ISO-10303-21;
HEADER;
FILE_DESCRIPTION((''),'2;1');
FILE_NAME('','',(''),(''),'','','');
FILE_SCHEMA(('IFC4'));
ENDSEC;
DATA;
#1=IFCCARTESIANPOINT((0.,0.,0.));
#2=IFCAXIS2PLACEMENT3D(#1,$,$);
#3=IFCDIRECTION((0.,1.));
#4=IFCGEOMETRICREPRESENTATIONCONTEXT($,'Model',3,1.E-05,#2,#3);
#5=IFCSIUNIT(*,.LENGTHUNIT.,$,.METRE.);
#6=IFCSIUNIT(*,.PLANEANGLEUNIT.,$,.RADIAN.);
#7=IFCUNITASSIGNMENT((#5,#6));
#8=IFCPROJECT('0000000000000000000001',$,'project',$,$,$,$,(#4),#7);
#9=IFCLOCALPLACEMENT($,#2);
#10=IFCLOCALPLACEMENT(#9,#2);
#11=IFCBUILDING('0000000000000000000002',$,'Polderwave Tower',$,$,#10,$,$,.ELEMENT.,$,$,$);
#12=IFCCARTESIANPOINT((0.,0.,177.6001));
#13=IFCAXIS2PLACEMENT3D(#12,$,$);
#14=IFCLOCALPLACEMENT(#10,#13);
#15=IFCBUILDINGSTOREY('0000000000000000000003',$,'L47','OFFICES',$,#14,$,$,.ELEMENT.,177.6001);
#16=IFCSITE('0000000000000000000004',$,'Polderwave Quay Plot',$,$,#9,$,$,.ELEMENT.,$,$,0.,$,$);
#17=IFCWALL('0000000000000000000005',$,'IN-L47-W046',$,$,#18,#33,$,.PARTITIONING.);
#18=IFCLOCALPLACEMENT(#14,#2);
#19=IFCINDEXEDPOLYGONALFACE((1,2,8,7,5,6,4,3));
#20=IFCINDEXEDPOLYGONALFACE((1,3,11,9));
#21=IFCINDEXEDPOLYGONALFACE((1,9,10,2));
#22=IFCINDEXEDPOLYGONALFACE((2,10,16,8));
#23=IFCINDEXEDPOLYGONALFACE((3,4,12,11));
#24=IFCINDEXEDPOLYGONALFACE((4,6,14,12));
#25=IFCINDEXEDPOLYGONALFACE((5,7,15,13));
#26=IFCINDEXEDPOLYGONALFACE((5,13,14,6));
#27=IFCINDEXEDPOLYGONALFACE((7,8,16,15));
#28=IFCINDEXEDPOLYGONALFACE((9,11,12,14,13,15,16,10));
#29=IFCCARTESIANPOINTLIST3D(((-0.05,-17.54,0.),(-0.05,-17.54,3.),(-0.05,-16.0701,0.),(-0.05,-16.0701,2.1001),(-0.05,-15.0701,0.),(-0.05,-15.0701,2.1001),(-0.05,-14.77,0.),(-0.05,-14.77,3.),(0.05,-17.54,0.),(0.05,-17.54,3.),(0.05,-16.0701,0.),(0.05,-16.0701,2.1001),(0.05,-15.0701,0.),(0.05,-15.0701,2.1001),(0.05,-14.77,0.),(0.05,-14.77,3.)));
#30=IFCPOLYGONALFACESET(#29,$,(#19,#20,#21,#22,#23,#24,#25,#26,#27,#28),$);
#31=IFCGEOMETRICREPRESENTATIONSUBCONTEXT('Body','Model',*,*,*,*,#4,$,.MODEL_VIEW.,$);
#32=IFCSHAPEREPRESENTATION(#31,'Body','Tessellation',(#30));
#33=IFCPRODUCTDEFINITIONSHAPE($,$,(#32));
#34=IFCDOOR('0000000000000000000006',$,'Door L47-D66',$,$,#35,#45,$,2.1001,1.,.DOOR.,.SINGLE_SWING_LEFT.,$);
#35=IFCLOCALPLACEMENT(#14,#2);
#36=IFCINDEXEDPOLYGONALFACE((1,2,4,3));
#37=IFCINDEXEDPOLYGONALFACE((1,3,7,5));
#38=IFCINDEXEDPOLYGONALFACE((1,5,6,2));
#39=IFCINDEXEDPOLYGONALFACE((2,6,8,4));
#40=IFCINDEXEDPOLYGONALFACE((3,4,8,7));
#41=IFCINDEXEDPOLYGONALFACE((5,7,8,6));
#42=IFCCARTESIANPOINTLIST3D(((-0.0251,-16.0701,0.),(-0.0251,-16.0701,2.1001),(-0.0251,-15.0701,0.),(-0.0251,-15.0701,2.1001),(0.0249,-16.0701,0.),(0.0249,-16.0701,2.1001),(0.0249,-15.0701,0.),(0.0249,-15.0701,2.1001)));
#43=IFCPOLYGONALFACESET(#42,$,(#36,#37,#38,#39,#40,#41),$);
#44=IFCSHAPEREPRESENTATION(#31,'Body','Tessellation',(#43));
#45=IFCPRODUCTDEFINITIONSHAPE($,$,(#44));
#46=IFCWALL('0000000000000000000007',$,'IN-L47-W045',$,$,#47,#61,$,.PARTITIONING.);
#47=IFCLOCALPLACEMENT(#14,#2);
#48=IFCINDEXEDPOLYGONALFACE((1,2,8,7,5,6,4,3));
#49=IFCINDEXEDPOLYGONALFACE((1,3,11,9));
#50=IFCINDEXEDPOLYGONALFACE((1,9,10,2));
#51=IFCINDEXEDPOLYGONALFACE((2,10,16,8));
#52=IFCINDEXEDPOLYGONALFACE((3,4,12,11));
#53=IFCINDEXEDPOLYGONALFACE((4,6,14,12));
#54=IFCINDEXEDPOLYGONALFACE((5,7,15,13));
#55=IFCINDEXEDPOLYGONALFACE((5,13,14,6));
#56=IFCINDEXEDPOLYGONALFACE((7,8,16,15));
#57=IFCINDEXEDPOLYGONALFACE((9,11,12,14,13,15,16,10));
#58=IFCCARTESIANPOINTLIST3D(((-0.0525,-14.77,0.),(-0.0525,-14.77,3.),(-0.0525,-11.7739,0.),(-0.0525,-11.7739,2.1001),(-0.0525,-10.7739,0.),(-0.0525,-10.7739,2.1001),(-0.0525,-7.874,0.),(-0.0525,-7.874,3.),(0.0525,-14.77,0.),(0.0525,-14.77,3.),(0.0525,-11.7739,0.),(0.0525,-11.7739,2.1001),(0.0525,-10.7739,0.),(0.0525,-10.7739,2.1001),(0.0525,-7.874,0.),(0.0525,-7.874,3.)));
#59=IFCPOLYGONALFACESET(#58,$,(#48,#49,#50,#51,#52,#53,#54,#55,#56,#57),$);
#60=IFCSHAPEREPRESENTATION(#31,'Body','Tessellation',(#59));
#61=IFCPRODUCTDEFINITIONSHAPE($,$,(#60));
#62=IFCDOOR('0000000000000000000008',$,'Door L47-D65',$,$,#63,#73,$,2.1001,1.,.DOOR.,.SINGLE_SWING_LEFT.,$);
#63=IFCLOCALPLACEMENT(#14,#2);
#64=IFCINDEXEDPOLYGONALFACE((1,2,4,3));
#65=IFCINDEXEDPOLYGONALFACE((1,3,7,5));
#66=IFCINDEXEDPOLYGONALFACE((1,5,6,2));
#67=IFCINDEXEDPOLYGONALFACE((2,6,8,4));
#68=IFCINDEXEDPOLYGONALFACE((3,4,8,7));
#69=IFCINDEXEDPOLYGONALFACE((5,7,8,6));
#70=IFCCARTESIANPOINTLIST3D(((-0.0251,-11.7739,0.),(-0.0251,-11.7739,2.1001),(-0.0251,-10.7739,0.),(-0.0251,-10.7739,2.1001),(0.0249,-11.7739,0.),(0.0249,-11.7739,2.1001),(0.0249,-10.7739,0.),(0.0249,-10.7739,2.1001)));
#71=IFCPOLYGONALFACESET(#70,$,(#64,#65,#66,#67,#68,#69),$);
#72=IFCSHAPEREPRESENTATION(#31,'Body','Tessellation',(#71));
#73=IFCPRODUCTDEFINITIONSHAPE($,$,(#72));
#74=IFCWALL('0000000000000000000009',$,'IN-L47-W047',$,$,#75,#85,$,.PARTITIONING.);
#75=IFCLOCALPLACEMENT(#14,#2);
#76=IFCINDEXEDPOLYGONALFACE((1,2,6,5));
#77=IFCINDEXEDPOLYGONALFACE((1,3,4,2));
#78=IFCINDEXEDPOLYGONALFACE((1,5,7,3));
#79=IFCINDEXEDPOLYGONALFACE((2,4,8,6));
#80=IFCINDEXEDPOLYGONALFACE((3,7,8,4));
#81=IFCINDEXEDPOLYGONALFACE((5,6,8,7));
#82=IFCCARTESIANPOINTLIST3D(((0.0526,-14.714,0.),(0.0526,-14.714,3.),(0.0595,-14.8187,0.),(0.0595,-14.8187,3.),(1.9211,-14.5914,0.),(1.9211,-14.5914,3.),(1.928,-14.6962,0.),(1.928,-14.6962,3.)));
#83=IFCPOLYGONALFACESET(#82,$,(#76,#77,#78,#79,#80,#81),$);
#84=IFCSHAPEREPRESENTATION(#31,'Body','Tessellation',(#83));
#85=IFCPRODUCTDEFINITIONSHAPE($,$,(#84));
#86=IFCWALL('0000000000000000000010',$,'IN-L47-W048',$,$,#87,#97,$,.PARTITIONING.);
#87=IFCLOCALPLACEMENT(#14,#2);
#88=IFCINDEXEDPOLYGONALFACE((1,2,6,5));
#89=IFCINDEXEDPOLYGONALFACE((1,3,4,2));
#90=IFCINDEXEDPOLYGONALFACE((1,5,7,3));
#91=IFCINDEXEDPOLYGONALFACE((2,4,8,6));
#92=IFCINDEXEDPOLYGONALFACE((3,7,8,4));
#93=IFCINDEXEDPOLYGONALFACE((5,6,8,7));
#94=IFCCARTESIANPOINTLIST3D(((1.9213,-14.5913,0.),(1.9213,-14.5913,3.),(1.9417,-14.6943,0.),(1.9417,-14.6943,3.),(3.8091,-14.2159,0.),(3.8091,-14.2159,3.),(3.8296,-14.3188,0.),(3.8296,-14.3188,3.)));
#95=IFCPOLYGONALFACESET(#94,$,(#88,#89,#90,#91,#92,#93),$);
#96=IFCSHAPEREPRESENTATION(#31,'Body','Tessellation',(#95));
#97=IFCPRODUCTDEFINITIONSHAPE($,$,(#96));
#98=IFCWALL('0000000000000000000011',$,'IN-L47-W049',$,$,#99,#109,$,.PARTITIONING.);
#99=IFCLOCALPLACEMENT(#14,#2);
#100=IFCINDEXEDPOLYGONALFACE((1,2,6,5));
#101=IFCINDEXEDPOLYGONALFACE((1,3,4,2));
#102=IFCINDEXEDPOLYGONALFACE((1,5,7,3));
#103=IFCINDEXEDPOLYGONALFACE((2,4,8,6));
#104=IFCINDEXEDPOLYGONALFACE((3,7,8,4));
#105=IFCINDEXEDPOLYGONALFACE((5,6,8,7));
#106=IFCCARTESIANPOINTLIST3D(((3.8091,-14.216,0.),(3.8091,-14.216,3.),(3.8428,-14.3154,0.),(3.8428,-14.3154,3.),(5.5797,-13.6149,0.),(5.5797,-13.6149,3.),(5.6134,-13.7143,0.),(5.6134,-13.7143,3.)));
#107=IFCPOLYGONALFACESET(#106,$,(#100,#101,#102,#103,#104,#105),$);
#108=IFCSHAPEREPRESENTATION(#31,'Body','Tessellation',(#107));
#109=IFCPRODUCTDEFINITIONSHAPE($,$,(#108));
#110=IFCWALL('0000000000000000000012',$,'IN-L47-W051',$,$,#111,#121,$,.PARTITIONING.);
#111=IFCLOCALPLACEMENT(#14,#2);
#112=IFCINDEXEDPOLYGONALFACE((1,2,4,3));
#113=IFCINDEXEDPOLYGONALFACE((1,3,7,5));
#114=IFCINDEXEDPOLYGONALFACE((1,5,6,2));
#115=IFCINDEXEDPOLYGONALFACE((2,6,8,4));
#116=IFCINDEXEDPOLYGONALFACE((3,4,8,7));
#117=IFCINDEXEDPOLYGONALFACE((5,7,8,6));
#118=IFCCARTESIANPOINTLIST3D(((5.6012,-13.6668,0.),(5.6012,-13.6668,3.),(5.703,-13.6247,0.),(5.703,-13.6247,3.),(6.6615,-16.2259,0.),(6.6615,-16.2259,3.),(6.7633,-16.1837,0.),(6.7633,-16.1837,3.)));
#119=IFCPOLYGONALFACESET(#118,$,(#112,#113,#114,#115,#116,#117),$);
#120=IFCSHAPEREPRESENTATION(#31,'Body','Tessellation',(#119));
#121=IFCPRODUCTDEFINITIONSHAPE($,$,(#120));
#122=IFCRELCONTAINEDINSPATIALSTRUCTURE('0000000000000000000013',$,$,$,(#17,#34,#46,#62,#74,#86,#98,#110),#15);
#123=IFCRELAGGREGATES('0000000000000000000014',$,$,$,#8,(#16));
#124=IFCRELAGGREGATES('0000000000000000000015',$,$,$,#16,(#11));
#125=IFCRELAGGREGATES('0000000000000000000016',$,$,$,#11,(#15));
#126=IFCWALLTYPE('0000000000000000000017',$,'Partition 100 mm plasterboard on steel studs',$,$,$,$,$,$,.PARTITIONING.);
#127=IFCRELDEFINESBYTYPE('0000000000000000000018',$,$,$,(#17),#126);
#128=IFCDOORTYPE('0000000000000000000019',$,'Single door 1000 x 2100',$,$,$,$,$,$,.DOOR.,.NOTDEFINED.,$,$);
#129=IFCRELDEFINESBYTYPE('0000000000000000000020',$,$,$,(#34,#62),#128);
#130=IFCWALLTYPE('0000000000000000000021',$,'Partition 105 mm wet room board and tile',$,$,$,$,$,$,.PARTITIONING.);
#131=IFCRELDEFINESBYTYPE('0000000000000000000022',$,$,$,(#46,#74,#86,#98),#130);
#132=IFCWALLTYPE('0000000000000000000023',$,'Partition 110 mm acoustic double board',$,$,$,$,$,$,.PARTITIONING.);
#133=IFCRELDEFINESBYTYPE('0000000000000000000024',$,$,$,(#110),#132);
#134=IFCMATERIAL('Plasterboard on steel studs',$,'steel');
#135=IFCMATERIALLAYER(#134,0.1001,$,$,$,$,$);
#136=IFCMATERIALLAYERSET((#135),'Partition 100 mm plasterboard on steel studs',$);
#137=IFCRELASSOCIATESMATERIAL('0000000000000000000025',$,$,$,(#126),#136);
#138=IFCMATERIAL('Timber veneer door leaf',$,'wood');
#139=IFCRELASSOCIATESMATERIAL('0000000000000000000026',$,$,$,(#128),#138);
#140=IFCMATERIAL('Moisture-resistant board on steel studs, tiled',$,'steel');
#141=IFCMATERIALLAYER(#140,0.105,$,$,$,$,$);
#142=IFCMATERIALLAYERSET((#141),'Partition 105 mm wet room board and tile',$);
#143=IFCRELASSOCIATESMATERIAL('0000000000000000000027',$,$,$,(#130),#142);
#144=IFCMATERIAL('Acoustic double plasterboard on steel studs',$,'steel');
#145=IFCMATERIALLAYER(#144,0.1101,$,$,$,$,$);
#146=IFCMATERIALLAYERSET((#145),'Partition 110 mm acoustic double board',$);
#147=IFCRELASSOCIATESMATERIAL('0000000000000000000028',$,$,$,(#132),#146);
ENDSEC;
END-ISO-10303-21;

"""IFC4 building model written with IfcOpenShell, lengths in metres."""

from ifc_helpers import new_model, si_unit, direction, frame, frame_2d, origin, place, context, subcontext, project, spatial, rectangle, extrude, material, layer, layer_set, type_object, element, fill, save


model = new_model("IFC4")

# Units and contexts
model_context = context("Model", 3, precision=1e-05, world=origin(), true_north=direction((0.0, 1.0)))
body_context = subcontext(model_context, "Body", "Model", "MODEL_VIEW")
ifc_project = project(units=[si_unit("LENGTHUNIT", "METRE"), si_unit("PLANEANGLEUNIT", "RADIAN")], contexts=[model_context])

# Site, building, storey
site_placement = place(None, origin())
site = spatial("IfcSite", under=ifc_project, at=site_placement, Name="Polderwave Quay Plot", CompositionType="ELEMENT", RefElevation=0.0)
building_placement = place(site_placement, origin())
building = spatial("IfcBuilding", under=site, at=building_placement, Name="Polderwave Tower", CompositionType="ELEMENT")
storey_placement = place(building_placement, frame((0.0, 0.0, 177.6001)))
storey = spatial("IfcBuildingStorey", under=building, at=storey_placement, Name="L47", Description="OFFICES", CompositionType="ELEMENT", Elevation=177.6001)

# Walls, openings, doors
ifc_material_1 = material(Name="Plasterboard on steel studs", Category="steel")
ifc_layer_1 = layer(ifc_material_1, 0.1001)
ifc_layer_set_1 = layer_set([ifc_layer_1], Name="Partition 100 mm plasterboard on steel studs")
wall_type_1 = type_object("IfcWallType", Name="Partition 100 mm plasterboard on steel studs", PredefinedType="PARTITIONING", material=ifc_layer_set_1)
wall_1_placement = place(storey_placement, frame((0.0, -14.77, 0.0), z_axis=(0.0, 0.0, 1.0), x_axis=(0.0, -1.0, 0.0)))
wall_1 = element("IfcWall", 1, at=wall_1_placement, inside=storey, type_object=wall_type_1, Name="IN-L47-W046", PredefinedType="PARTITIONING", context=body_context, shape_type="SweptSolid", body=[
    extrude(rectangle(XDim=2.77, YDim=0.1001, at=frame_2d((1.385, 0.0))), origin(), (0.0, 0.0, 1.0), 3.0),
])
opening_1_placement = place(wall_1_placement, frame((0.3, 0.0, 0.0)))
opening_1 = element("IfcOpeningElement", 2, at=opening_1_placement, cuts=wall_1, PredefinedType="OPENING", context=body_context, shape_type="SweptSolid", body=[
    extrude(rectangle(XDim=1.0, YDim=2.1001, at=frame_2d((0.5, 1.05))), frame((0.0, 0.0601, 0.0), z_axis=(0.0, -1.0, 0.0), x_axis=(1.0, 0.0, 0.0)), (0.0, 0.0, 1.0), 0.1201),
])
ifc_material_2 = material(Name="Timber veneer door leaf", Category="wood")
door_type = type_object("IfcDoorType", Name="Single door 1000 x 2100", OperationType="NOTDEFINED", PredefinedType="DOOR", material=ifc_material_2)
door_1_placement = place(opening_1_placement, origin())
door_1 = element("IfcDoor", 3, at=door_1_placement, inside=storey, type_object=door_type, Name="Door L47-D66", OperationType="SINGLE_SWING_LEFT", OverallHeight=2.1001, OverallWidth=1.0, PredefinedType="DOOR", context=body_context, shape_type="SweptSolid", body=[
    extrude(rectangle(XDim=1.0, YDim=2.1001, at=frame_2d((0.5, 1.05))), frame((0.0, 0.0249, 0.0), z_axis=(0.0, -1.0, 0.0), x_axis=(1.0, 0.0, 0.0)), (0.0, 0.0, 1.0), 0.05),
])
fill(opening_1, door_1)
ifc_material_3 = material(Name="Moisture-resistant board on steel studs, tiled", Category="steel")
ifc_layer_2 = layer(ifc_material_3, 0.105)
ifc_layer_set_2 = layer_set([ifc_layer_2], Name="Partition 105 mm wet room board and tile")
wall_type_2 = type_object("IfcWallType", Name="Partition 105 mm wet room board and tile", PredefinedType="PARTITIONING", material=ifc_layer_set_2)
wall_2_placement = place(storey_placement, frame((0.0, -7.874, 0.0), z_axis=(0.0, 0.0, 1.0), x_axis=(0.0, -1.0, 0.0)))
wall_2 = element("IfcWall", 4, at=wall_2_placement, inside=storey, type_object=wall_type_2, Name="IN-L47-W045", PredefinedType="PARTITIONING", context=body_context, shape_type="SweptSolid", body=[
    extrude(rectangle(XDim=6.896, YDim=0.105, at=frame_2d((3.448, 0.0))), origin(), (0.0, 0.0, 1.0), 3.0),
])
opening_2_placement = place(wall_2_placement, frame((2.8999, 0.0, 0.0)))
opening_2 = element("IfcOpeningElement", 5, at=opening_2_placement, cuts=wall_2, PredefinedType="OPENING", context=body_context, shape_type="SweptSolid", body=[
    extrude(rectangle(XDim=1.0, YDim=2.1001, at=frame_2d((0.5, 1.05))), frame((0.0, 0.0625, 0.0), z_axis=(0.0, -1.0, 0.0), x_axis=(1.0, 0.0, 0.0)), (0.0, 0.0, 1.0), 0.125),
])
door_2_placement = place(opening_2_placement, origin())
door_2 = element("IfcDoor", 6, at=door_2_placement, inside=storey, type_object=door_type, Name="Door L47-D65", OperationType="SINGLE_SWING_LEFT", OverallHeight=2.1001, OverallWidth=1.0, PredefinedType="DOOR", context=body_context, shape_type="SweptSolid", body=[
    extrude(rectangle(XDim=1.0, YDim=2.1001, at=frame_2d((0.5, 1.05))), frame((0.0, 0.0249, 0.0), z_axis=(0.0, -1.0, 0.0), x_axis=(1.0, 0.0, 0.0)), (0.0, 0.0, 1.0), 0.05),
])
fill(opening_2, door_2)

# Walls
wall_3_placement = place(storey_placement, frame((1.9246, -14.6438, 0.0), z_axis=(0.0, 0.0, 1.0), x_axis=(-0.997856, -0.065446, 0.0)))
element("IfcWall", 7, at=wall_3_placement, inside=storey, type_object=wall_type_2, Name="IN-L47-W047", PredefinedType="PARTITIONING", context=body_context, shape_type="SweptSolid", body=[
    extrude(rectangle(XDim=1.8726, YDim=0.105, at=frame_2d((0.9363, 0.0))), origin(), (0.0, 0.0, 1.0), 3.0),
])
wall_4_placement = place(storey_placement, frame((3.8193, -14.2673, 0.0), z_axis=(0.0, 0.0, 1.0), x_axis=(-0.98079, -0.195067, 0.0)))
element("IfcWall", 8, at=wall_4_placement, inside=storey, type_object=wall_type_2, Name="IN-L47-W048", PredefinedType="PARTITIONING", context=body_context, shape_type="SweptSolid", body=[
    extrude(rectangle(XDim=1.9248, YDim=0.105, at=frame_2d((0.9624, 0.0))), origin(), (0.0, 0.0, 1.0), 3.0),
])
wall_5_placement = place(storey_placement, frame((5.5967, -13.6646, 0.0), z_axis=(0.0, 0.0, 1.0), x_axis=(-0.946919, -0.321472, 0.0)))
element("IfcWall", 9, at=wall_5_placement, inside=storey, type_object=wall_type_2, Name="IN-L47-W049", PredefinedType="PARTITIONING", context=body_context, shape_type="SweptSolid", body=[
    extrude(rectangle(XDim=1.8699, YDim=0.105, at=frame_2d((0.9351, 0.0))), origin(), (0.0, 0.0, 1.0), 3.0),
])
ifc_material_4 = material(Name="Acoustic double plasterboard on steel studs", Category="steel")
ifc_layer_3 = layer(ifc_material_4, 0.1101)
ifc_layer_set_3 = layer_set([ifc_layer_3], Name="Partition 110 mm acoustic double board")
wall_type_3 = type_object("IfcWallType", Name="Partition 110 mm acoustic double board", PredefinedType="PARTITIONING", material=ifc_layer_set_3)
wall_6_placement = place(storey_placement, frame((5.6521, -13.6458, 0.0), z_axis=(0.0, 0.0, 1.0), x_axis=(0.382775, -0.923842, 0.0)))
element("IfcWall", 10, at=wall_6_placement, inside=storey, type_object=wall_type_3, Name="IN-L47-W051", PredefinedType="PARTITIONING", context=body_context, shape_type="SweptSolid", body=[
    extrude(rectangle(XDim=2.77, YDim=0.1101, at=frame_2d((1.385, 0.0))), origin(), (0.0, 0.0, 1.0), 3.0),
])

save(model, "model.ifc")
